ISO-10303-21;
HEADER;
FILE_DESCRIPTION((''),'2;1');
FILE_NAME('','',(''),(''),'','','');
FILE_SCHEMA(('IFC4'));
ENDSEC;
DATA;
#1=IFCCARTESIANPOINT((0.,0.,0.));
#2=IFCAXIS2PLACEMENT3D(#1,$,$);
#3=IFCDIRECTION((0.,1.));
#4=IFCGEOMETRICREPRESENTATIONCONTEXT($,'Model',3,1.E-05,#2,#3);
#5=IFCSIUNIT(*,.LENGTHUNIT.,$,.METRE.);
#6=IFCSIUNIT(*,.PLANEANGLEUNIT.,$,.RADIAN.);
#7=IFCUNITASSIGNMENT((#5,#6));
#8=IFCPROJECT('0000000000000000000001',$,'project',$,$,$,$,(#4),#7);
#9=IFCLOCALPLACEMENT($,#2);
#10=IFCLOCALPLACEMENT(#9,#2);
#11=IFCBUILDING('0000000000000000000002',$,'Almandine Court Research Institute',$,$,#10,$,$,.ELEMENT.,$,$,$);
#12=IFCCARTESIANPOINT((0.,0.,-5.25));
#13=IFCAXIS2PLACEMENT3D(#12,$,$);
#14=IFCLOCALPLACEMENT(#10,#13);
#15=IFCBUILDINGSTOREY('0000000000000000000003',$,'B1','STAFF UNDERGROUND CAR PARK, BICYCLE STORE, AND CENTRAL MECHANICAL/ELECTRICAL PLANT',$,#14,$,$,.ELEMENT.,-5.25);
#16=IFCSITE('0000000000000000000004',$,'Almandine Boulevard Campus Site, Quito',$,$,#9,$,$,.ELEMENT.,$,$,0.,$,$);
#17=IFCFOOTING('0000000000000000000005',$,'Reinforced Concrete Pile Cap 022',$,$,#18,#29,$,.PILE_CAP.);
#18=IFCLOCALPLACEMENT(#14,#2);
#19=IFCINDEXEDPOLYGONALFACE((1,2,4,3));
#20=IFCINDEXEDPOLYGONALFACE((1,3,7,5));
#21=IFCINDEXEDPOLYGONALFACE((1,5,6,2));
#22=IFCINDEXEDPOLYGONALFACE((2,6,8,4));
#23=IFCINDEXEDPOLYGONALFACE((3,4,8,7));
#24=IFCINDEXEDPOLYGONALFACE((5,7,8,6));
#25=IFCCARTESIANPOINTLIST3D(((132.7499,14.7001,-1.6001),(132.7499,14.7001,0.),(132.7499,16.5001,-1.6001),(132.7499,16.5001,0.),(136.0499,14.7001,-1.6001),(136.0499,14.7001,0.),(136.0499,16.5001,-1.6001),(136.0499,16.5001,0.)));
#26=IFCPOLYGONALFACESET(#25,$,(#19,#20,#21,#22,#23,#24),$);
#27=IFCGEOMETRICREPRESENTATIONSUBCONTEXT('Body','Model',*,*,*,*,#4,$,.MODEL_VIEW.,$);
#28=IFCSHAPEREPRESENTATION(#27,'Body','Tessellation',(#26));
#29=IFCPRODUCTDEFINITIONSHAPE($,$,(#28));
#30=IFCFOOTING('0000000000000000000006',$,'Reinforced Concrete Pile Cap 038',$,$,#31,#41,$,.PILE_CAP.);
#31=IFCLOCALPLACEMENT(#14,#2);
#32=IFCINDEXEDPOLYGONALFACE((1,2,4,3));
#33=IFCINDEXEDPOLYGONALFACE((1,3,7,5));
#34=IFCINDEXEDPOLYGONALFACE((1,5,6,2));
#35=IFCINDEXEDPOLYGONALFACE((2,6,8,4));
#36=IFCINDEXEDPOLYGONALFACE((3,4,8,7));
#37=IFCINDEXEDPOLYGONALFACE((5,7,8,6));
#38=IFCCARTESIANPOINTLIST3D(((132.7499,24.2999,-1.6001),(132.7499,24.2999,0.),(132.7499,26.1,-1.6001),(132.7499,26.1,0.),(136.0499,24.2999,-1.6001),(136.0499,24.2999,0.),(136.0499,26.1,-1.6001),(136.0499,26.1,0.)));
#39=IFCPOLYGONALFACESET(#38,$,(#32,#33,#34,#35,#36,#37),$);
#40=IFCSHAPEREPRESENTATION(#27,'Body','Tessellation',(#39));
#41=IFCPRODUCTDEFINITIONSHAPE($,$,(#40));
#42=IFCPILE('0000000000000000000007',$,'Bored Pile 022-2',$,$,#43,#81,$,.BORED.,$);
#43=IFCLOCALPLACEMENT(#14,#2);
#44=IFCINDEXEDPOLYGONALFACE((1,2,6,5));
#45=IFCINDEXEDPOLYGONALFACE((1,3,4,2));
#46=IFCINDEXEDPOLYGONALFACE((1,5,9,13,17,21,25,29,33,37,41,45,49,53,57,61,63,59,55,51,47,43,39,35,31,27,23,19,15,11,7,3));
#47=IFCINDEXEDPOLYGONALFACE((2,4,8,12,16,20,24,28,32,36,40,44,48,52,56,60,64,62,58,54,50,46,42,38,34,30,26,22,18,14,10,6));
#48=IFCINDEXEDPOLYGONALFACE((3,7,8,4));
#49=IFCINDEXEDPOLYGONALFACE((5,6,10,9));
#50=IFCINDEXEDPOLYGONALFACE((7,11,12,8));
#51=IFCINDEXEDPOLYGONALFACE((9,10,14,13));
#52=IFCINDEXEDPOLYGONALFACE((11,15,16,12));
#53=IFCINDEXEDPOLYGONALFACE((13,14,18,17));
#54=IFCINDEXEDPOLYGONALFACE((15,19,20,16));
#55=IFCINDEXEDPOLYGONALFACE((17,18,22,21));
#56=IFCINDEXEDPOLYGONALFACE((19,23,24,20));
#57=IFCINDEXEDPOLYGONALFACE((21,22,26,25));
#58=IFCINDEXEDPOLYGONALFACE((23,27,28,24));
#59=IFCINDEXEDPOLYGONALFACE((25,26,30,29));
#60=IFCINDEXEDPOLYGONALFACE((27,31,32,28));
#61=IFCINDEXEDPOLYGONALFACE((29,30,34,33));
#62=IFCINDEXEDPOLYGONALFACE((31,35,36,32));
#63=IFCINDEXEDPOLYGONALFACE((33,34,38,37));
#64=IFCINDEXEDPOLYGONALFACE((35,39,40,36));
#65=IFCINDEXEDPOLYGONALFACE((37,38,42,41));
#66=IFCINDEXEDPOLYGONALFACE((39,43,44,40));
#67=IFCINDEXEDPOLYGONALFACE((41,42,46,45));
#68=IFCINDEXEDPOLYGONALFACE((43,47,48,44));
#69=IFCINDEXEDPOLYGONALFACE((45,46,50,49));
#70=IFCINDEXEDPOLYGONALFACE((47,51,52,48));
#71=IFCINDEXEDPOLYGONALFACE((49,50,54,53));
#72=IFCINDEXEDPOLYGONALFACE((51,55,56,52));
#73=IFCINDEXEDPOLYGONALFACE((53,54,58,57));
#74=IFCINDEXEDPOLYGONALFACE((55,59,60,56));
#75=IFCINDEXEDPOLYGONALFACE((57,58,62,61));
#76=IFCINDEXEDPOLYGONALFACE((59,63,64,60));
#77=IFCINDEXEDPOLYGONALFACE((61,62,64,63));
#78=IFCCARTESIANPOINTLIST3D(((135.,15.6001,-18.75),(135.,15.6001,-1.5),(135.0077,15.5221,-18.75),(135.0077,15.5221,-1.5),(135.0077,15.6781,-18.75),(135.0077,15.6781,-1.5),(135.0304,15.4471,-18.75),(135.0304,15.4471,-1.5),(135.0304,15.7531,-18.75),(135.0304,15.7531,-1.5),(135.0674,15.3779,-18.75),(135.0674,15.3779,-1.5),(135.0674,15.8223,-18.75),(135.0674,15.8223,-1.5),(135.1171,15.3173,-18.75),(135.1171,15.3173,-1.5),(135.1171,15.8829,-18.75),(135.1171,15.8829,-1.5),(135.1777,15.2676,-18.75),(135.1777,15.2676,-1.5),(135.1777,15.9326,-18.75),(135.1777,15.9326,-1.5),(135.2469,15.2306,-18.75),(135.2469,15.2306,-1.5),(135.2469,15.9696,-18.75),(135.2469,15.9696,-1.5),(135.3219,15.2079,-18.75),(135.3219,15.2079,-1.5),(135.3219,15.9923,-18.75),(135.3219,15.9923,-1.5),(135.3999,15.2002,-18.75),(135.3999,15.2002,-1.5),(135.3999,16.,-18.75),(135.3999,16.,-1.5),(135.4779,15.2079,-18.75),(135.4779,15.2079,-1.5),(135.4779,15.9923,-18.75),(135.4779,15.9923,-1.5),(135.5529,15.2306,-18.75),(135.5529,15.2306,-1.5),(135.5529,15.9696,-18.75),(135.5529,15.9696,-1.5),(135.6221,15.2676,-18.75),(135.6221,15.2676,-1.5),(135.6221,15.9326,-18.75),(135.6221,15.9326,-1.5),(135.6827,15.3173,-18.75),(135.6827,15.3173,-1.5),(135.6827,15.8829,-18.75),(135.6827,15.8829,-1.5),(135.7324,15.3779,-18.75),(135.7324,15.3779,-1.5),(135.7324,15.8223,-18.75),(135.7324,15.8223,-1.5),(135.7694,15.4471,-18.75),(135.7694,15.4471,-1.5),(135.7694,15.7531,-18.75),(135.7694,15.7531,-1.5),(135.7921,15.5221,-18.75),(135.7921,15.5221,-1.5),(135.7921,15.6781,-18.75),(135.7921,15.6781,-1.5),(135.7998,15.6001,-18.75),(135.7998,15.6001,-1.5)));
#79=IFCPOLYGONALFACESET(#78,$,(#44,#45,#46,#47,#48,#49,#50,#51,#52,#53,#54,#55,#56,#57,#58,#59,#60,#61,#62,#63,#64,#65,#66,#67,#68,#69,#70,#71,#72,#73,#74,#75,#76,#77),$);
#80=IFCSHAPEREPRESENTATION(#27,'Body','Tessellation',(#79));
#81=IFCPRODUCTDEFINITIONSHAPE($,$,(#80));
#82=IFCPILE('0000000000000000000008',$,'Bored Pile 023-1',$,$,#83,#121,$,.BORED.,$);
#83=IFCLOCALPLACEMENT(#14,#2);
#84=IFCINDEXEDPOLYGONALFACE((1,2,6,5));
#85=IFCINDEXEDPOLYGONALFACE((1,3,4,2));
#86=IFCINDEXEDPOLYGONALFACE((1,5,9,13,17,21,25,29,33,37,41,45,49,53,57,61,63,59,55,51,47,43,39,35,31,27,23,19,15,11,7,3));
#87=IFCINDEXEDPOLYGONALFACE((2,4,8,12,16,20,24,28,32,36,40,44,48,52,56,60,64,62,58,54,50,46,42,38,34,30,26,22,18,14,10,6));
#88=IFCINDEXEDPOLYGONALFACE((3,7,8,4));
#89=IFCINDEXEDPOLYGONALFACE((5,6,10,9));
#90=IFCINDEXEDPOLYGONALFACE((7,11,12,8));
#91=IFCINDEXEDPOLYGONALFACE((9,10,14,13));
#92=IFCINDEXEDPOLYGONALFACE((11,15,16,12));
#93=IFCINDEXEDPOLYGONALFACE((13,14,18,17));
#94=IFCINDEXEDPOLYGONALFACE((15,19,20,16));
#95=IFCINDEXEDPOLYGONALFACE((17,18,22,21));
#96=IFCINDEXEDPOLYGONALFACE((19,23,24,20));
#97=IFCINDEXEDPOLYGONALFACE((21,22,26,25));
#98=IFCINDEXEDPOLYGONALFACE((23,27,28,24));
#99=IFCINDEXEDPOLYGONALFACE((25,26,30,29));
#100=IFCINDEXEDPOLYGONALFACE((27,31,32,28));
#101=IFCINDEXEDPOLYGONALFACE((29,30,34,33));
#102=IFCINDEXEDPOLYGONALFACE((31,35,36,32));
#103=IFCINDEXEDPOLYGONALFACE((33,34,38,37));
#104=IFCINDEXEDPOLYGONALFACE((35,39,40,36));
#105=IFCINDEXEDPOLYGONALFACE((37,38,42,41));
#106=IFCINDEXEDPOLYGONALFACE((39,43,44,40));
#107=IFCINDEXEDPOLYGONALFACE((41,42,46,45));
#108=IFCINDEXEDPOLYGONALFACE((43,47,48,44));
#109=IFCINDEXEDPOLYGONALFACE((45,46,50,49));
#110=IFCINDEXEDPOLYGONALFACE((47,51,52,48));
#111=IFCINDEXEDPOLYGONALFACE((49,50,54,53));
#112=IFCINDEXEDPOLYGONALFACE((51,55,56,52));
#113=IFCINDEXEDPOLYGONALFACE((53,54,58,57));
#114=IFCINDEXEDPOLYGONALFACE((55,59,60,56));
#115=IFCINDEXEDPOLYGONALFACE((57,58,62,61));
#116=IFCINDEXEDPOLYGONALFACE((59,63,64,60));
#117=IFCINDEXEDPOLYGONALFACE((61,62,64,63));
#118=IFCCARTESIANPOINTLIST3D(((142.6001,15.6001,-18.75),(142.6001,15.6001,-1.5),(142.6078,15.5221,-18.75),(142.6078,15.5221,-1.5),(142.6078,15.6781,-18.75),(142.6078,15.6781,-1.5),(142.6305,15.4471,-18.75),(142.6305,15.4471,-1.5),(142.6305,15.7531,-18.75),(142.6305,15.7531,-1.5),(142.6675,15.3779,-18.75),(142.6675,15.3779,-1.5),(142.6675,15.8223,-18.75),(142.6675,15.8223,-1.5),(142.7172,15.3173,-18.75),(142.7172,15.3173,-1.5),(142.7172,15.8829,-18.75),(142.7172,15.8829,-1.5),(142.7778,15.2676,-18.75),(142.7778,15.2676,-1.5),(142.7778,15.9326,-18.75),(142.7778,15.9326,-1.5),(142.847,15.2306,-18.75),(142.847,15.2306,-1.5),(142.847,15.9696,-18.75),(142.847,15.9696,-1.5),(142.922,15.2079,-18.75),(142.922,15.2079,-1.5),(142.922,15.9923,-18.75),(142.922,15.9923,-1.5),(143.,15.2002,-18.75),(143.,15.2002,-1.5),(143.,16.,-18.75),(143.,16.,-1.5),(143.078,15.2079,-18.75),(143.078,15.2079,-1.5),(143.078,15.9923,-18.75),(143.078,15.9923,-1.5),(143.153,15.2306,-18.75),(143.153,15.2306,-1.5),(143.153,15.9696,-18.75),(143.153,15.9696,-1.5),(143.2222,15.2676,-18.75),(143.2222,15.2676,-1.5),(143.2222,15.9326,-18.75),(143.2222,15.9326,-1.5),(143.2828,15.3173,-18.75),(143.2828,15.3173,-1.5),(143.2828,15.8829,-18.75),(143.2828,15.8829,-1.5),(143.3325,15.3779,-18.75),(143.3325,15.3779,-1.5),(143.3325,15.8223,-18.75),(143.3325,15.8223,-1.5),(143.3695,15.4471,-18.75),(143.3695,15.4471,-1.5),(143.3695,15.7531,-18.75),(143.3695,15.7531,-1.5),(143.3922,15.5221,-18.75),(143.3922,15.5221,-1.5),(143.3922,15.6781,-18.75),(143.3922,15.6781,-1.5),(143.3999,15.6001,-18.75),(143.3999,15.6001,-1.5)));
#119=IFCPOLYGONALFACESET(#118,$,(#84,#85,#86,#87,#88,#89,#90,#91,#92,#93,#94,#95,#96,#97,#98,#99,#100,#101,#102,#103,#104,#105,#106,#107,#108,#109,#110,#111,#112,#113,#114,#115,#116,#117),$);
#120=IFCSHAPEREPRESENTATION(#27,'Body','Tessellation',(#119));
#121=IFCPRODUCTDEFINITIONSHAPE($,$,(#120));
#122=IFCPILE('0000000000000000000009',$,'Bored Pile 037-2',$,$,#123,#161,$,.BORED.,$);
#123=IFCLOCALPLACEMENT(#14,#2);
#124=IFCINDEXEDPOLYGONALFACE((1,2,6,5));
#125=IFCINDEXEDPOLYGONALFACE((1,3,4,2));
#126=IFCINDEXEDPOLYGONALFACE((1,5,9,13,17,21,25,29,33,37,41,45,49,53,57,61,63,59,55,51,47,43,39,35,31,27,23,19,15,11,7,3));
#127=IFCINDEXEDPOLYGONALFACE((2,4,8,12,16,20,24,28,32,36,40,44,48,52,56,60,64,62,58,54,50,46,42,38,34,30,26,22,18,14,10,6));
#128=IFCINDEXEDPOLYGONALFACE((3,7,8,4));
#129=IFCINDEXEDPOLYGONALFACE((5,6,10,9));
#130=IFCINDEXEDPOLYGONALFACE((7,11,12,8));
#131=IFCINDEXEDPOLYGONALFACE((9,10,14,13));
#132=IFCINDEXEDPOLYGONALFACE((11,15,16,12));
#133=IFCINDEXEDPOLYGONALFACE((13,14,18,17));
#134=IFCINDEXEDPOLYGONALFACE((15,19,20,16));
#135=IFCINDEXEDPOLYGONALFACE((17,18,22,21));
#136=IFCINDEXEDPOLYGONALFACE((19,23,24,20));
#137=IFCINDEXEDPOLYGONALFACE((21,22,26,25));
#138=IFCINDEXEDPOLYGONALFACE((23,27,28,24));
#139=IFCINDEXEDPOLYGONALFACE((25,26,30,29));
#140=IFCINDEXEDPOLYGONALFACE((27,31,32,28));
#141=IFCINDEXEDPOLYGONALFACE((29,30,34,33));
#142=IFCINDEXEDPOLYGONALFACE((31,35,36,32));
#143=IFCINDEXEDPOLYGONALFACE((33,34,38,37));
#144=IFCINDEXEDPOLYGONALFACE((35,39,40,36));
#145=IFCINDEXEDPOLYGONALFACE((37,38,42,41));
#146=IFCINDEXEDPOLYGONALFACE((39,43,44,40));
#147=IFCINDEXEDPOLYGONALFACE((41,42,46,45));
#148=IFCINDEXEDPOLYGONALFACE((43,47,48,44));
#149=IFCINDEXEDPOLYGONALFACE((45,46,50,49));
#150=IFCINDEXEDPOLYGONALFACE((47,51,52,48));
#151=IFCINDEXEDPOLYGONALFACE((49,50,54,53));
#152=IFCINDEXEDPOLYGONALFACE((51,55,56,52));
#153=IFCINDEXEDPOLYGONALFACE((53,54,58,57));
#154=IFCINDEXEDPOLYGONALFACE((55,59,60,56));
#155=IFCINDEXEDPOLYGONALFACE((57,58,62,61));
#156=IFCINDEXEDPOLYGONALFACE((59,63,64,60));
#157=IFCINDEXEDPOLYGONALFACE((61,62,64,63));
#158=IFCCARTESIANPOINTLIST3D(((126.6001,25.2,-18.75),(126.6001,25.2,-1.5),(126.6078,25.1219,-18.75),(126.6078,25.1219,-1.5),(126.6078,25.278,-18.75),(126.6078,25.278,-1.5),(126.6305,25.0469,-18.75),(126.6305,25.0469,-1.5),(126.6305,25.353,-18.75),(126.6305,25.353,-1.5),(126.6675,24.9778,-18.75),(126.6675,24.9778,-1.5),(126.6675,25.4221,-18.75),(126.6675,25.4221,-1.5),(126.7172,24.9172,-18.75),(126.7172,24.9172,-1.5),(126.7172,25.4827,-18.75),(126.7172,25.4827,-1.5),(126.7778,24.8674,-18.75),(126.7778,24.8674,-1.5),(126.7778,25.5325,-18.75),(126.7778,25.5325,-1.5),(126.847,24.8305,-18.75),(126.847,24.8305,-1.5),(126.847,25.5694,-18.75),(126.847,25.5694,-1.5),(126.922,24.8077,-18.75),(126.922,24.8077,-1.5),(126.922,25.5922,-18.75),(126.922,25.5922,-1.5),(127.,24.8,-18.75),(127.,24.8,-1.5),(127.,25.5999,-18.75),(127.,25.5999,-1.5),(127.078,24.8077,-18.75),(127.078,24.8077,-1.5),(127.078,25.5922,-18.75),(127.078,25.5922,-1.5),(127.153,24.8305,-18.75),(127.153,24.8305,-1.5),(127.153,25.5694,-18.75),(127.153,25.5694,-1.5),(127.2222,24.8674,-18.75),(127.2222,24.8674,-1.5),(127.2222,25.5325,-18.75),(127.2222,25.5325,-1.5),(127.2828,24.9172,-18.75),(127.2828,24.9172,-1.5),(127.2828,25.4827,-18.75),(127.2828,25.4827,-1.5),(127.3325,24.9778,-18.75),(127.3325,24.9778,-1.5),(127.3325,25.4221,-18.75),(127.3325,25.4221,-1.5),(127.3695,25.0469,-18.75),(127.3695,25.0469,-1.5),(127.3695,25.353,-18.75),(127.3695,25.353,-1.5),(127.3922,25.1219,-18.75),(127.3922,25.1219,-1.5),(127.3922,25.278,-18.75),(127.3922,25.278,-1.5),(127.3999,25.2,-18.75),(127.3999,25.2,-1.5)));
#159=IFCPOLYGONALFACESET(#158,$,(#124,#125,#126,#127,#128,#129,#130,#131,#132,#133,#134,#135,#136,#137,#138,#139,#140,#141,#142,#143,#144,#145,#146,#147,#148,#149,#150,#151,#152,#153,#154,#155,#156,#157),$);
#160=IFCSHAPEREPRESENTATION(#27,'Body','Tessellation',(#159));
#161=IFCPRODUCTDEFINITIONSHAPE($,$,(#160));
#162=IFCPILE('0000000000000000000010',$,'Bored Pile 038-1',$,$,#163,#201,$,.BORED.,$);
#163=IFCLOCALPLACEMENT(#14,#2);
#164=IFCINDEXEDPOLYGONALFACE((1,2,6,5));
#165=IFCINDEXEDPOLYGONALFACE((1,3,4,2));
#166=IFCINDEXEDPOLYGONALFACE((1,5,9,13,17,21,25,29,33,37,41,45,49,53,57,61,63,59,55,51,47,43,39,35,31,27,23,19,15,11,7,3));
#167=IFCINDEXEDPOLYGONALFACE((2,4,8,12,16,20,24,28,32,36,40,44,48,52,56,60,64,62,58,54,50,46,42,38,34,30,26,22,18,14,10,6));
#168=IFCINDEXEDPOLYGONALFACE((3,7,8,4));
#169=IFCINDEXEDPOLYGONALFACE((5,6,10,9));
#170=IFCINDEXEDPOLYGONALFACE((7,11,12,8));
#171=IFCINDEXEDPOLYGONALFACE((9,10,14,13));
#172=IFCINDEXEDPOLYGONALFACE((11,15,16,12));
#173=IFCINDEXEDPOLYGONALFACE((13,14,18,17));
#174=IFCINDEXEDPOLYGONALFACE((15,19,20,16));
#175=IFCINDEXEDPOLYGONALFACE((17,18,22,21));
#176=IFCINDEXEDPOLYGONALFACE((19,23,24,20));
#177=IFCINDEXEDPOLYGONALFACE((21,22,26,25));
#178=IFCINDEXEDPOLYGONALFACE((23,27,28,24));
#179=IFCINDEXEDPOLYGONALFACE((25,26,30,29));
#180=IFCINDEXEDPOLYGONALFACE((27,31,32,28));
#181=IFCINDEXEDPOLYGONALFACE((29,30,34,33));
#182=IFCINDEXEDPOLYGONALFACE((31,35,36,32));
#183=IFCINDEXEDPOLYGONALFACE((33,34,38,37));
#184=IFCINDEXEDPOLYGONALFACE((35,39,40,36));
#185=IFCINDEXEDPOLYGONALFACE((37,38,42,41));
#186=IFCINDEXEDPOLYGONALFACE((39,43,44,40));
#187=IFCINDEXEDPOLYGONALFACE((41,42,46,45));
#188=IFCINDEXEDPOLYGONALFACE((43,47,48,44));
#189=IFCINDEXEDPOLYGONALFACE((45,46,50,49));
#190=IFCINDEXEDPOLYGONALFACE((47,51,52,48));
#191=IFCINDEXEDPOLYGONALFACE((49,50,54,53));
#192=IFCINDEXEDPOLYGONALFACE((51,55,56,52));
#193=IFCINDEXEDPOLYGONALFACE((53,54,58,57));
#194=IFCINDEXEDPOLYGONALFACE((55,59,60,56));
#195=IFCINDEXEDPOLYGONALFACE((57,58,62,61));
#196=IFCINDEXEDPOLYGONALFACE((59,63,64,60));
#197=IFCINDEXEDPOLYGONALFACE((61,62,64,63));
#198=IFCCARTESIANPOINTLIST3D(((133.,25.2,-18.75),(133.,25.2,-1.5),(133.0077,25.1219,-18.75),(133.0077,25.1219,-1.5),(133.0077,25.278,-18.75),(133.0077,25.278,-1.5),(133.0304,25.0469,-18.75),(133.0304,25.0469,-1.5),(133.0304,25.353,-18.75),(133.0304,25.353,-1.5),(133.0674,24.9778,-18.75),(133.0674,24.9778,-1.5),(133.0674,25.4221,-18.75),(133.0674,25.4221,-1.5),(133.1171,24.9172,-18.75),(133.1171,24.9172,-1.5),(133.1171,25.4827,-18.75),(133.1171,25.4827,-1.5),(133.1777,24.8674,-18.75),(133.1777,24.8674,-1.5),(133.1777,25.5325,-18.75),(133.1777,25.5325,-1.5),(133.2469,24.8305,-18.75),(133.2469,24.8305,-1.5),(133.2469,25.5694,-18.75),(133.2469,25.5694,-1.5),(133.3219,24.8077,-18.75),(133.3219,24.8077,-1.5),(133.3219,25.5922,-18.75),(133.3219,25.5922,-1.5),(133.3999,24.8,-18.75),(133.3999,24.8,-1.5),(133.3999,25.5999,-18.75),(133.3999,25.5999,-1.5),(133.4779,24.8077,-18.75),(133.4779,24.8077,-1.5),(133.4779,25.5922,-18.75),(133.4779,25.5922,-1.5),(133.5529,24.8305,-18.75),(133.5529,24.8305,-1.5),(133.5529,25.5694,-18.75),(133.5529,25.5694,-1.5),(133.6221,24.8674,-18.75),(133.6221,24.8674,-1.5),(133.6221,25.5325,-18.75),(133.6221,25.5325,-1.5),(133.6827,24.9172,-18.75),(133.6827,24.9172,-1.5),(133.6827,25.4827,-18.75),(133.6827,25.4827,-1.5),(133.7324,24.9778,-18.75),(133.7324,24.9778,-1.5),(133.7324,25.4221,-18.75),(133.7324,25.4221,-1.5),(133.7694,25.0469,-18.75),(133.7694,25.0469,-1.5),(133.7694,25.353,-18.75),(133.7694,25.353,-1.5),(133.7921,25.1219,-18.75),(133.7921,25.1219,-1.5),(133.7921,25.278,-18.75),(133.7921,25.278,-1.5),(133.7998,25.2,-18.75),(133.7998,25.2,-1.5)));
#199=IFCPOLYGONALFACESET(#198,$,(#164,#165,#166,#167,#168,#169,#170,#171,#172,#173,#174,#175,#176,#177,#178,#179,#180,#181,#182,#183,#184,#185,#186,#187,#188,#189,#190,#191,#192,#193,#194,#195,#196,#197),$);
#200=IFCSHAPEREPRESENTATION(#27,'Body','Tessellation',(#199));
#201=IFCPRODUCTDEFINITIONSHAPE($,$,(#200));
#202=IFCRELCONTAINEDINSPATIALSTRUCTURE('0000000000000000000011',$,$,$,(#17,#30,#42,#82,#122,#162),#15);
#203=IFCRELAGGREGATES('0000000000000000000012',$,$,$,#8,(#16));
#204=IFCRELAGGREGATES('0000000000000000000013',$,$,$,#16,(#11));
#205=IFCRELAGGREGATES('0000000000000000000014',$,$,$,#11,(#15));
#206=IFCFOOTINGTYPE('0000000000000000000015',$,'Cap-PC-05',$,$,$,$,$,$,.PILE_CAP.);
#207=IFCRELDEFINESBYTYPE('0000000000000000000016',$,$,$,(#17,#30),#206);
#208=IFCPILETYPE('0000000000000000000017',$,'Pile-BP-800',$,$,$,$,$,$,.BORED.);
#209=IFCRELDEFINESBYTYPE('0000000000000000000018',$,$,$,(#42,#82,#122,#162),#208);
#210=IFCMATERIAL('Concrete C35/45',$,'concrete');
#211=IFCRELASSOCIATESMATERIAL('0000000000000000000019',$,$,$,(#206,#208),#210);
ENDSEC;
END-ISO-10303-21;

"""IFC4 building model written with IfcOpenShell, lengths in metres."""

from ifc_helpers import new_model, si_unit, direction, frame, origin, origin_2d, place, context, subcontext, project, spatial, rectangle, circle, extrude, material, material_profile, profile_set, type_object, element, save


model = new_model("IFC4")

# Units and contexts
model_context = context("Model", 3, precision=1e-05, world=origin(), true_north=direction((0.0, 1.0)))
body_context = subcontext(model_context, "Body", "Model", "MODEL_VIEW")
ifc_project = project(units=[si_unit("LENGTHUNIT", "METRE"), si_unit("PLANEANGLEUNIT", "RADIAN")], contexts=[model_context])

# Site, building, storey
site_placement = place(None, origin())
site = spatial("IfcSite", under=ifc_project, at=site_placement, Name="Almandine Boulevard Campus Site, Quito", CompositionType="ELEMENT", RefElevation=0.0)
building_placement = place(site_placement, origin())
building = spatial("IfcBuilding", under=site, at=building_placement, Name="Almandine Court Research Institute", CompositionType="ELEMENT")
storey_placement = place(building_placement, frame((0.0, 0.0, -5.25)))
storey = spatial("IfcBuildingStorey", under=building, at=storey_placement, Name="B1", Description="STAFF UNDERGROUND CAR PARK, BICYCLE STORE, AND CENTRAL MECHANICAL/ELECTRICAL PLANT", CompositionType="ELEMENT", Elevation=-5.25)

# Footings
ifc_material_1 = material(Name="Concrete C35/45", Category="concrete")
footing_type_1 = type_object("IfcFootingType", Name="Cap-PC-05", PredefinedType="PILE_CAP", material=ifc_material_1)
for number, where, z_axis, x_axis, name in (
    (1, (134.3999, 15.6001, -1.6001), (0.0, 0.0, 1.0), (1.0, 0.0, 0.0), "Reinforced Concrete Pile Cap 022"),
    (2, (134.3999, 25.2, -1.6001), (0.0, 0.0, 1.0), (1.0, 0.0, 0.0), "Reinforced Concrete Pile Cap 038"),
):
    element("IfcFooting", number, at=place(storey_placement, frame(where, z_axis=z_axis, x_axis=x_axis)), inside=storey, type_object=footing_type_1, Name=name, PredefinedType="PILE_CAP", context=body_context, shape_type="SweptSolid", body=[
        extrude(rectangle(XDim=3.3, YDim=1.8, at=origin_2d()), origin(), (0.0, 0.0, 1.0), 1.6001),
    ])

# Piles
ifc_material_profile_1 = material_profile(ifc_material_1, circle(Radius=0.3999, at=origin_2d()), Name="BORED PILE D800")
ifc_profile_set_1 = profile_set([ifc_material_profile_1], Name="Concrete C35/45")
pile_type = type_object("IfcPileType", Name="Pile-BP-800", PredefinedType="BORED", material=ifc_profile_set_1)
for number, where, z_axis, x_axis, name in (
    (3, (135.3999, 15.6001, -1.5), (0.0, 0.0, -1.0), (1.0, 0.0, 0.0), "Bored Pile 022-2"),
    (4, (143.0, 15.6001, -1.5), (0.0, 0.0, -1.0), (1.0, 0.0, 0.0), "Bored Pile 023-1"),
    (5, (127.0, 25.2, -1.5), (0.0, 0.0, -1.0), (1.0, 0.0, 0.0), "Bored Pile 037-2"),
    (6, (133.3999, 25.2, -1.5), (0.0, 0.0, -1.0), (1.0, 0.0, 0.0), "Bored Pile 038-1"),
):
    element("IfcPile", number, at=place(storey_placement, frame(where, z_axis=z_axis, x_axis=x_axis)), inside=storey, type_object=pile_type, Name=name, PredefinedType="BORED", context=body_context, shape_type="SweptSolid", body=[
        extrude(circle(Radius=0.3999, at=origin_2d()), origin(), (0.0, 0.0, 1.0), 17.25),
    ])

save(model, "model.ifc")
